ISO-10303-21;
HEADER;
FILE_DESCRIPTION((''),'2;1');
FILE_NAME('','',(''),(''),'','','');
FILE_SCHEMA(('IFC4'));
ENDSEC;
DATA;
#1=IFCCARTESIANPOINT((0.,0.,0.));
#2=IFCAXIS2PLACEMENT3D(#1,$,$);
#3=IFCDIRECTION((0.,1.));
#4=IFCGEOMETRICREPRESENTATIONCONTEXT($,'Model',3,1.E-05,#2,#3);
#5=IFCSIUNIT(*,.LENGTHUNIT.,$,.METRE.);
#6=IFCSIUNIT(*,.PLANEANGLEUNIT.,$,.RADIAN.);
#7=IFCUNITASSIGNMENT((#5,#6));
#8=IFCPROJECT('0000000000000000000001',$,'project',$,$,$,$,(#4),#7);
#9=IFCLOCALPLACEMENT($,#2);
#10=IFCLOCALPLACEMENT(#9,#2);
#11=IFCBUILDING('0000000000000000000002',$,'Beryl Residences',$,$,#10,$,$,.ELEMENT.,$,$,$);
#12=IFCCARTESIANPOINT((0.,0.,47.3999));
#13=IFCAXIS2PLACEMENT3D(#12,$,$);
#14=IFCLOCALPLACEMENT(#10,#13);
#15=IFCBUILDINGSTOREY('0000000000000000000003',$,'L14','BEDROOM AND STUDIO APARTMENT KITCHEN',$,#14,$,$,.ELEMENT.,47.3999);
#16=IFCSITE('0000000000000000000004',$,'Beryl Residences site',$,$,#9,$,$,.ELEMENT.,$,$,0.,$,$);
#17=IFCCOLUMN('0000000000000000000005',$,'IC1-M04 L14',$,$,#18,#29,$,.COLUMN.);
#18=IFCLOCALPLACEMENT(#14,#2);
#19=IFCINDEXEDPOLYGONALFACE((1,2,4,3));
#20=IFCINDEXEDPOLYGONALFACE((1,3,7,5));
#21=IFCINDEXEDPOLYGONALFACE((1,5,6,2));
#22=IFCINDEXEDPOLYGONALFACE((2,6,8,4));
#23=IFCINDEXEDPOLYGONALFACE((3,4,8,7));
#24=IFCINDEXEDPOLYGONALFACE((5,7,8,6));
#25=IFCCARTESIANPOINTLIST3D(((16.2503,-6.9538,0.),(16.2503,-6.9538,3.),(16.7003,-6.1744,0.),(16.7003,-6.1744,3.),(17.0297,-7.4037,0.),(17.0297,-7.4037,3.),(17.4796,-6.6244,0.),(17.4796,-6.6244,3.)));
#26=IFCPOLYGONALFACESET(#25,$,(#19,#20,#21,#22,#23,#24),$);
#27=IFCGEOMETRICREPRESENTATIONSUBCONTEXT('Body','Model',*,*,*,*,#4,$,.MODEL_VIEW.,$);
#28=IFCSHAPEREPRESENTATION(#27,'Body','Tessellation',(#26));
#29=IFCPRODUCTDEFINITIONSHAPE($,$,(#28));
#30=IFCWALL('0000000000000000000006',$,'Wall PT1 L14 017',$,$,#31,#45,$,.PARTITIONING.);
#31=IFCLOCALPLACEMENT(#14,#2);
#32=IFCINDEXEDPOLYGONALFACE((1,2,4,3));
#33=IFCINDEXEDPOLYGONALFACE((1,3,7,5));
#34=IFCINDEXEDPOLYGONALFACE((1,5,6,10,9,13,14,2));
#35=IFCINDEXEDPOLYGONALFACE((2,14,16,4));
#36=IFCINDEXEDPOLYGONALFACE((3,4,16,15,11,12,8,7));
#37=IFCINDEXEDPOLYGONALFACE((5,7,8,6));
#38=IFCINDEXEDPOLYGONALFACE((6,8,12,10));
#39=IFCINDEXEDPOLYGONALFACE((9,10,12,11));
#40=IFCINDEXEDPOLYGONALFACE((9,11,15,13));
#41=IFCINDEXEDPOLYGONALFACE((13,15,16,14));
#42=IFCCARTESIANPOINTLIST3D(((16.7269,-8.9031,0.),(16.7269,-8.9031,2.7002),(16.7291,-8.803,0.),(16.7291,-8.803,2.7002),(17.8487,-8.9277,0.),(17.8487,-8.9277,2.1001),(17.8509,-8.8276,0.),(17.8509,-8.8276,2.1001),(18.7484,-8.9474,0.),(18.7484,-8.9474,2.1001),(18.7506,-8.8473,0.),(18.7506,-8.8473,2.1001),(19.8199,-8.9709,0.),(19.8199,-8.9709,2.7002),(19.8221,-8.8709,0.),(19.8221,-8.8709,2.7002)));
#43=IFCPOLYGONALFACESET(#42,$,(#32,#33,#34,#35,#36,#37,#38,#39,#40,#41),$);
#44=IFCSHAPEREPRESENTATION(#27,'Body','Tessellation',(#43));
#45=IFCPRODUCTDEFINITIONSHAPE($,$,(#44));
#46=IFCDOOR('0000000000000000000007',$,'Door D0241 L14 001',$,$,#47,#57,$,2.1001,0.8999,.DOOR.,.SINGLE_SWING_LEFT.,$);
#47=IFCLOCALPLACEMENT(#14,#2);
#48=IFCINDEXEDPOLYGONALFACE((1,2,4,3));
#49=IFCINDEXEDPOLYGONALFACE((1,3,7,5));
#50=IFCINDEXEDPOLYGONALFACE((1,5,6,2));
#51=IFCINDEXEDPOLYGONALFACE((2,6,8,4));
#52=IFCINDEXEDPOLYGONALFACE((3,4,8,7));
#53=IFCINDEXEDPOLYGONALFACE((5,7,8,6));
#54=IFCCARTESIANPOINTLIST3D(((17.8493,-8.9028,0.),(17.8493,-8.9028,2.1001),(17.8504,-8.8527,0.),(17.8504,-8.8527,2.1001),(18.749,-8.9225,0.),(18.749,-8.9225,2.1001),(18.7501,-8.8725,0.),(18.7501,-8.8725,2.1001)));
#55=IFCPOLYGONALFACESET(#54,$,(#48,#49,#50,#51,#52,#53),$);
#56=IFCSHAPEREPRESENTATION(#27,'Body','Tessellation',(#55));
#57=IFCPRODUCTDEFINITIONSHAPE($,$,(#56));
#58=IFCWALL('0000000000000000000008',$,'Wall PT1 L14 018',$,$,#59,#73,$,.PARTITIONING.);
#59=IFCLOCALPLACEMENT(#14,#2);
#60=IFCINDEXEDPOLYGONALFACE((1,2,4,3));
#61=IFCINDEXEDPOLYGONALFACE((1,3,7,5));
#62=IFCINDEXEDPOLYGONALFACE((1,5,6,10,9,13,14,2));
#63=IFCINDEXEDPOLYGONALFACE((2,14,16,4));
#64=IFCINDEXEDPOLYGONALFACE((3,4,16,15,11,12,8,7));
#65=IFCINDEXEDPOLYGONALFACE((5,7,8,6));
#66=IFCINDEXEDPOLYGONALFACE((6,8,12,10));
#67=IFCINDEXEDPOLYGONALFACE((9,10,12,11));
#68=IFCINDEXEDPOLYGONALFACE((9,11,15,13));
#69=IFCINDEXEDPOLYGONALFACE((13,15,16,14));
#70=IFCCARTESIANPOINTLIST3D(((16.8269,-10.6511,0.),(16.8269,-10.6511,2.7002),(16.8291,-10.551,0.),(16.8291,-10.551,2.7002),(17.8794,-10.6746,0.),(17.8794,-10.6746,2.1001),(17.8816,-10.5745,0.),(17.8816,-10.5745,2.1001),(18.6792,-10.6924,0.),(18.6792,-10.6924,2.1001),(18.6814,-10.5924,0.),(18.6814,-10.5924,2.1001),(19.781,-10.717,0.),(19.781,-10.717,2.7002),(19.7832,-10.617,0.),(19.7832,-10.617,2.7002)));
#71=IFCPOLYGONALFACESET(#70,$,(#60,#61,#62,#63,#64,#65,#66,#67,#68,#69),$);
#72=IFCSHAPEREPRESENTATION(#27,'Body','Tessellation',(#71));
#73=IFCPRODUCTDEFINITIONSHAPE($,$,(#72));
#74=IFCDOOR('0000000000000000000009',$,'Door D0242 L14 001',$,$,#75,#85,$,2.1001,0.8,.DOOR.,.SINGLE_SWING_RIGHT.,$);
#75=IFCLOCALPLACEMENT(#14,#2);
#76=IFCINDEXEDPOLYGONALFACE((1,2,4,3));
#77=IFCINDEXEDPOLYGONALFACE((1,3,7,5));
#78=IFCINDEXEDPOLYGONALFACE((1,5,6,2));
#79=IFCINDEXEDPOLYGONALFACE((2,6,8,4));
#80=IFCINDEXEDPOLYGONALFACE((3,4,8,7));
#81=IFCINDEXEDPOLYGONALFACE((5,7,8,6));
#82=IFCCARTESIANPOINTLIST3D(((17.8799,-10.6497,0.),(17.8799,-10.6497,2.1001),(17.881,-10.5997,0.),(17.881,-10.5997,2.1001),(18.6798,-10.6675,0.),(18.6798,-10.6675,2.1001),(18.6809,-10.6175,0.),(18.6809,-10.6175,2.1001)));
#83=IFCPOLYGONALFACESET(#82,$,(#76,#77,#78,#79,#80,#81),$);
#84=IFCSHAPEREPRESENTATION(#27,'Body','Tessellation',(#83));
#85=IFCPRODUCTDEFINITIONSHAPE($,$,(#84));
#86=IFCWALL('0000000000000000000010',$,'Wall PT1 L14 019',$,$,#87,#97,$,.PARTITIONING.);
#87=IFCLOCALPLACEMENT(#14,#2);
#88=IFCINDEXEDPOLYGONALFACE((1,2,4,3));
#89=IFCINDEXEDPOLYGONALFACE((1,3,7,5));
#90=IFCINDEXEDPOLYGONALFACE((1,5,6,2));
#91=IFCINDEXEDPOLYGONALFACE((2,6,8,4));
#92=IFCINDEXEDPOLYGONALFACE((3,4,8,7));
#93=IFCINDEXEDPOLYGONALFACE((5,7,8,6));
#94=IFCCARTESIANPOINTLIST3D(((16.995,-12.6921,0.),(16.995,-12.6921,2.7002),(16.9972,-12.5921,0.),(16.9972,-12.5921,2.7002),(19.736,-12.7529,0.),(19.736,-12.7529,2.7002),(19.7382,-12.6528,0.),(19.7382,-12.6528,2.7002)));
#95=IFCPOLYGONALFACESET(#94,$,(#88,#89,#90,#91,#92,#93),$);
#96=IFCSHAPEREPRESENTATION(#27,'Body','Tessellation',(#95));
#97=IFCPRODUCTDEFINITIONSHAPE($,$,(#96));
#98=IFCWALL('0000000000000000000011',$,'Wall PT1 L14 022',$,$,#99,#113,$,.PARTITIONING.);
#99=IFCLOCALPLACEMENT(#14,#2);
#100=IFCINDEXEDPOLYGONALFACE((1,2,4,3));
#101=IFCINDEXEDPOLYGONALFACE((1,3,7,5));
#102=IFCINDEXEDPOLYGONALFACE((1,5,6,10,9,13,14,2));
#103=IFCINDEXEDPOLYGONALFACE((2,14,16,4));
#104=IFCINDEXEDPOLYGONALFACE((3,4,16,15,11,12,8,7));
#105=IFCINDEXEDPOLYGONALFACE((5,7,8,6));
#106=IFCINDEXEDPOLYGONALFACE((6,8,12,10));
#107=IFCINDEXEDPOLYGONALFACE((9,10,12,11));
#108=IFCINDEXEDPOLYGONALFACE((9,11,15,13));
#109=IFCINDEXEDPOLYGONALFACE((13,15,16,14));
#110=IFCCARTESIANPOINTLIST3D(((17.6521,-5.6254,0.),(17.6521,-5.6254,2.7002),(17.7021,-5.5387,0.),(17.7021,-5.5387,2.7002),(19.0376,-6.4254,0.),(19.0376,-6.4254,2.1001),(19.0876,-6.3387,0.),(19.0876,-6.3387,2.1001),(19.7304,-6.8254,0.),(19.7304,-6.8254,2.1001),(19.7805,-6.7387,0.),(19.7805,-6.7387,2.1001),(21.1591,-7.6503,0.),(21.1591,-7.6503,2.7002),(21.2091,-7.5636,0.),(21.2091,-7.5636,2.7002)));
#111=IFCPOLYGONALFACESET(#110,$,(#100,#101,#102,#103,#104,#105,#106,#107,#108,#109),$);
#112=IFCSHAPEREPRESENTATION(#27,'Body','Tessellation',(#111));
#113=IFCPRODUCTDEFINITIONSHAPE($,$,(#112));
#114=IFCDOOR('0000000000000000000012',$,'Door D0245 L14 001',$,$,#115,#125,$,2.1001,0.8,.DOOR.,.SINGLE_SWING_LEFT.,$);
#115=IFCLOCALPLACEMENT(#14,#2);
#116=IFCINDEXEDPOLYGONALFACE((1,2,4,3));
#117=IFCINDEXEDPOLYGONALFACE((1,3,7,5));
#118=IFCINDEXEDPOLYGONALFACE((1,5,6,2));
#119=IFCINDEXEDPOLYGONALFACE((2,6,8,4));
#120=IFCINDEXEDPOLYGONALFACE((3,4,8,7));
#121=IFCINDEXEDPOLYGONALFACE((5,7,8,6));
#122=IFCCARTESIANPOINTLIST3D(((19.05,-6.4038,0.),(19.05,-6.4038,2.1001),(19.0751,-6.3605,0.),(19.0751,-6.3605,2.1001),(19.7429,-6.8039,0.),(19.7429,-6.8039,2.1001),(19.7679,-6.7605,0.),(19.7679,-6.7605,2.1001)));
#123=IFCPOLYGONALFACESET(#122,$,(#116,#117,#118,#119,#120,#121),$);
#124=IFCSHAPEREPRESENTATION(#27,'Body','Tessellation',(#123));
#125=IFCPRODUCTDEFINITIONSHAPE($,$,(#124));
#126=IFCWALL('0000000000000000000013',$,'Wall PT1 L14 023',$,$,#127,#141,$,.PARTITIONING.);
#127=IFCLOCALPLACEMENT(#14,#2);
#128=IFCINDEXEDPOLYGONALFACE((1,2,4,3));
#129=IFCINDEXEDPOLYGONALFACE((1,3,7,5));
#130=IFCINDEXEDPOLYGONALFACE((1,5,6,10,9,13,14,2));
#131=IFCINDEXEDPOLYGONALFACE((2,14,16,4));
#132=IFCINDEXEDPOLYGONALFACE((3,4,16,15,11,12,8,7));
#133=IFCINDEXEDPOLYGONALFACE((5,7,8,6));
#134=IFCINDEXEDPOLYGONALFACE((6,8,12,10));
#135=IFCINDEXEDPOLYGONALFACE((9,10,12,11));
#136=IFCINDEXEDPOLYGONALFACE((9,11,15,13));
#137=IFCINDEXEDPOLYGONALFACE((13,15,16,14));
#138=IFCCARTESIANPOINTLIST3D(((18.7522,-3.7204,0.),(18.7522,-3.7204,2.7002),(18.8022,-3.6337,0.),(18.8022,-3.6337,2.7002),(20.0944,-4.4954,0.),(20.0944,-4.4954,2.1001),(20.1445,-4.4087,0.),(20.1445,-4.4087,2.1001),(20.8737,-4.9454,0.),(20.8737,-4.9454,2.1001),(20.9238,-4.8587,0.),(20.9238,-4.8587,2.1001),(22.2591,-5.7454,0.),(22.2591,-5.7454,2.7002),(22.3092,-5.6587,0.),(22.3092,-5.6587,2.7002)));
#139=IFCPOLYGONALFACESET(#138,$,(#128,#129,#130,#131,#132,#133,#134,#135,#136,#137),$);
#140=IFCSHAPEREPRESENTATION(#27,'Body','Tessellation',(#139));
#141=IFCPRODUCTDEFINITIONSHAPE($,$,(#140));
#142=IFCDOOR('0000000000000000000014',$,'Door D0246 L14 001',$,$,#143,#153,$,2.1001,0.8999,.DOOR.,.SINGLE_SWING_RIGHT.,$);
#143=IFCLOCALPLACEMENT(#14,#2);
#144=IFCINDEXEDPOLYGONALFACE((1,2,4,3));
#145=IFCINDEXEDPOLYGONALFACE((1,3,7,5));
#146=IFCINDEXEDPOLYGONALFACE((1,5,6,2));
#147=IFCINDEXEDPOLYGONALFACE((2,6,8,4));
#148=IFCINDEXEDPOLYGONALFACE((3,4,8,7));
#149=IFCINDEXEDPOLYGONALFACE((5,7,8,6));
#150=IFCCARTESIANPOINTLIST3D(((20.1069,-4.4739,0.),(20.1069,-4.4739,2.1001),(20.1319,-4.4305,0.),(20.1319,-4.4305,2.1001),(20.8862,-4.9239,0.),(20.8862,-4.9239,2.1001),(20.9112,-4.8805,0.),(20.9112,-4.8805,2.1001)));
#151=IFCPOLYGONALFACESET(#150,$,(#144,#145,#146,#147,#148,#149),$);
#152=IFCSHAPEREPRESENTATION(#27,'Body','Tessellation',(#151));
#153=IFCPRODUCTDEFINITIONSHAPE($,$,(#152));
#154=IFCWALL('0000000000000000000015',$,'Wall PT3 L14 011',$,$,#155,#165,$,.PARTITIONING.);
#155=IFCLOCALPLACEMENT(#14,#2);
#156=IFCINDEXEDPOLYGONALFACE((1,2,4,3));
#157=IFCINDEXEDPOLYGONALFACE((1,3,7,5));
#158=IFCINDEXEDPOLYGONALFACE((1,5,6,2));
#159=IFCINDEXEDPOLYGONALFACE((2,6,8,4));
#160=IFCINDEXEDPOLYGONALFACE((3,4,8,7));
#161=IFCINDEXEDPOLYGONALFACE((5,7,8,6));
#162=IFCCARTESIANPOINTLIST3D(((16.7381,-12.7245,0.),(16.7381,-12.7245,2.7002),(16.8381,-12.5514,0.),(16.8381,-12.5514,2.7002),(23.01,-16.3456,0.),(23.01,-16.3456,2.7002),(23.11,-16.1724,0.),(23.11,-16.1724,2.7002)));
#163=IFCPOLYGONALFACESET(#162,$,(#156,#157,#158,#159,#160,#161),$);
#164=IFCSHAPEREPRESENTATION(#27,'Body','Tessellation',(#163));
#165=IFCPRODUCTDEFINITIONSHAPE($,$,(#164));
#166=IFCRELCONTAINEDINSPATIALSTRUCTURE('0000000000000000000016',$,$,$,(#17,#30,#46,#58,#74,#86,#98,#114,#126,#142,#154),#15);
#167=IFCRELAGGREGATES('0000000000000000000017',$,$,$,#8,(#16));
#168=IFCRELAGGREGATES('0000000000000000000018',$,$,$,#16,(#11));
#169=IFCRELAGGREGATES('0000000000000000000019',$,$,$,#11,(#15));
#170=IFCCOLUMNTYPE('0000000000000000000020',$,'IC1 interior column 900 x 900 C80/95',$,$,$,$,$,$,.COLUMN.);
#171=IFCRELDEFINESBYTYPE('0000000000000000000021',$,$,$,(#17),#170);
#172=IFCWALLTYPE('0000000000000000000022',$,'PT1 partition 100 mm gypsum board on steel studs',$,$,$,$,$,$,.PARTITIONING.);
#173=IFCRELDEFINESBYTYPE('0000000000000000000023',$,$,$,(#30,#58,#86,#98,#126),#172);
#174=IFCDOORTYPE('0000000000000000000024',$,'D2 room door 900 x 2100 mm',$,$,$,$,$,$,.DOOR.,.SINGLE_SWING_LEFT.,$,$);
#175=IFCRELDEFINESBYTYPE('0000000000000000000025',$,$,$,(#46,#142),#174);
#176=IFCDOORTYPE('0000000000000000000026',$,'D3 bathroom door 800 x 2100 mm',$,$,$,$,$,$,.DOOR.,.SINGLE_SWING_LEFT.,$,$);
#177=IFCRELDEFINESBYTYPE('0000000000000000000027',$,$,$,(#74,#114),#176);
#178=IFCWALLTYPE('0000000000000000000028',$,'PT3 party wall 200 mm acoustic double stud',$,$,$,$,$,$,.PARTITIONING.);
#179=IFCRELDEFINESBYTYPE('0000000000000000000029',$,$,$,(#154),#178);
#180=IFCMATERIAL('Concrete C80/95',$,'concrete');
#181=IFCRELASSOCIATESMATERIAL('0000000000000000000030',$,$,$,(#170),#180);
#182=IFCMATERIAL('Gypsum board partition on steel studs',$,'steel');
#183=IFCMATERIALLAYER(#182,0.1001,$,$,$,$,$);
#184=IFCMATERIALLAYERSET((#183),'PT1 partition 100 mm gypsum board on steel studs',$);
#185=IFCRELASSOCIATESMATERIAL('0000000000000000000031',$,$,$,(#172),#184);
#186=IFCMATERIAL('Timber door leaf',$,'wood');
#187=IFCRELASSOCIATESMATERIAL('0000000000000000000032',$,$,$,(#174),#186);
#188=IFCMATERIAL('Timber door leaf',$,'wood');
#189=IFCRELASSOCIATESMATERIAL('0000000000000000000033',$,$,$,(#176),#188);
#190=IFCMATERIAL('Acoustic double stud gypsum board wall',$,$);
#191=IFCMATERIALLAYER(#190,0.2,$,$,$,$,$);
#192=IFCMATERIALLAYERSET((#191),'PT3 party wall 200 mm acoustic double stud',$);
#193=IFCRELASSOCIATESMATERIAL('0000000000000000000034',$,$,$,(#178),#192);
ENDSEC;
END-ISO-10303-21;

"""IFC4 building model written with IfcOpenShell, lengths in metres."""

from ifc_helpers import new_model, si_unit, direction, frame, frame_2d, origin, origin_2d, place, context, subcontext, project, spatial, rectangle, extrude, material, layer, layer_set, material_profile, profile_set, type_object, element, fill, save


model = new_model("IFC4")

# Units and contexts
model_context = context("Model", 3, precision=1e-05, world=origin(), true_north=direction((0.0, 1.0)))
body_context = subcontext(model_context, "Body", "Model", "MODEL_VIEW")
ifc_project = project(units=[si_unit("LENGTHUNIT", "METRE"), si_unit("PLANEANGLEUNIT", "RADIAN")], contexts=[model_context])

# Site, building, storey
site_placement = place(None, origin())
site = spatial("IfcSite", under=ifc_project, at=site_placement, Name="Beryl Residences site", CompositionType="ELEMENT", RefElevation=0.0)
building_placement = place(site_placement, origin())
building = spatial("IfcBuilding", under=site, at=building_placement, Name="Beryl Residences", CompositionType="ELEMENT")
storey_placement = place(building_placement, frame((0.0, 0.0, 47.3999)))
storey = spatial("IfcBuildingStorey", under=building, at=storey_placement, Name="L14", Description="BEDROOM AND STUDIO APARTMENT KITCHEN", CompositionType="ELEMENT", Elevation=47.3999)

# Column
ifc_material_1 = material(Name="Concrete C80/95", Category="concrete")
ifc_material_profile = material_profile(ifc_material_1, rectangle(XDim=0.8999, YDim=0.8999, at=origin_2d()))
ifc_profile_set = profile_set([ifc_material_profile], Name="Concrete C80/95")
column_type = type_object("IfcColumnType", Name="IC1 interior column 900 x 900 C80/95", PredefinedType="COLUMN", material=ifc_profile_set)
column_placement = place(storey_placement, frame((16.865, -6.7891, 0.0), z_axis=(0.0, 0.0, 1.0), x_axis=(0.499985, 0.866034, 0.0)))
element("IfcColumn", 1, at=column_placement, inside=storey, type_object=column_type, Name="IC1-M04 L14", PredefinedType="COLUMN", context=body_context, shape_type="SweptSolid", body=[
    extrude(rectangle(XDim=0.8999, YDim=0.8999, at=origin_2d()), origin(), (0.0, 0.0, 1.0), 3.0),
])

# Walls, openings, doors
ifc_material_2 = material(Name="Gypsum board partition on steel studs", Category="steel")
ifc_layer_1 = layer(ifc_material_2, 0.1001)
ifc_layer_set_1 = layer_set([ifc_layer_1], Name="PT1 partition 100 mm gypsum board on steel studs")
wall_type_1 = type_object("IfcWallType", Name="PT1 partition 100 mm gypsum board on steel studs", PredefinedType="PARTITIONING", material=ifc_layer_set_1)
wall_1_placement = place(storey_placement, frame((16.728, -8.853, 0.0), z_axis=(0.0, 0.0, 1.0), x_axis=(0.999759, -0.021938, 0.0)))
wall_1 = element("IfcWall", 2, at=wall_1_placement, inside=storey, type_object=wall_type_1, Name="Wall PT1 L14 017", PredefinedType="PARTITIONING", context=body_context, shape_type="SweptSolid", body=[
    extrude(rectangle(XDim=3.0938, YDim=0.1001, at=frame_2d((1.5469, 0.0))), origin(), (0.0, 0.0, 1.0), 2.7002),
])
opening_1_placement = place(wall_1_placement, frame((1.1221, 0.0, 0.0)))
opening_1 = element("IfcOpeningElement", 3, at=opening_1_placement, cuts=wall_1, PredefinedType="OPENING", context=body_context, shape_type="SweptSolid", body=[
    extrude(rectangle(XDim=0.8999, YDim=2.1001, at=frame_2d((0.45, 1.05))), frame((0.0, 0.0601, 0.0), z_axis=(0.0, -1.0, 0.0), x_axis=(1.0, 0.0, 0.0)), (0.0, 0.0, 1.0), 0.1201),
])
ifc_material_3 = material(Name="Timber door leaf", Category="wood")
door_type_1 = type_object("IfcDoorType", Name="D2 room door 900 x 2100 mm", OperationType="SINGLE_SWING_LEFT", PredefinedType="DOOR", material=ifc_material_3)
door_1_placement = place(opening_1_placement, origin())
door_1 = element("IfcDoor", 4, at=door_1_placement, inside=storey, type_object=door_type_1, Name="Door D0241 L14 001", OperationType="SINGLE_SWING_LEFT", OverallHeight=2.1001, OverallWidth=0.8999, PredefinedType="DOOR", context=body_context, shape_type="SweptSolid", body=[
    extrude(rectangle(XDim=0.8999, YDim=2.1001, at=frame_2d((0.45, 1.05))), frame((0.0, 0.0249, 0.0), z_axis=(0.0, -1.0, 0.0), x_axis=(1.0, 0.0, 0.0)), (0.0, 0.0, 1.0), 0.05),
])
fill(opening_1, door_1)
wall_2_placement = place(storey_placement, frame((16.8279, -10.6011, 0.0), z_axis=(0.0, 0.0, 1.0), x_axis=(0.999751, -0.022308, 0.0)))
wall_2 = element("IfcWall", 5, at=wall_2_placement, inside=storey, type_object=wall_type_1, Name="Wall PT1 L14 018", PredefinedType="PARTITIONING", context=body_context, shape_type="SweptSolid", body=[
    extrude(rectangle(XDim=2.9548, YDim=0.1001, at=frame_2d((1.4775, 0.0))), origin(), (0.0, 0.0, 1.0), 2.7002),
])
opening_2_placement = place(wall_2_placement, frame((1.053, 0.0, 0.0)))
opening_2 = element("IfcOpeningElement", 6, at=opening_2_placement, cuts=wall_2, PredefinedType="OPENING", context=body_context, shape_type="SweptSolid", body=[
    extrude(rectangle(XDim=0.8, YDim=2.1001, at=frame_2d((0.3999, 1.05))), frame((0.0, 0.0601, 0.0), z_axis=(0.0, -1.0, 0.0), x_axis=(1.0, 0.0, 0.0)), (0.0, 0.0, 1.0), 0.1201),
])
ifc_material_4 = material(Name="Timber door leaf", Category="wood")
door_type_2 = type_object("IfcDoorType", Name="D3 bathroom door 800 x 2100 mm", OperationType="SINGLE_SWING_LEFT", PredefinedType="DOOR", material=ifc_material_4)
door_2_placement = place(opening_2_placement, origin())
door_2 = element("IfcDoor", 7, at=door_2_placement, inside=storey, type_object=door_type_2, Name="Door D0242 L14 001", OperationType="SINGLE_SWING_RIGHT", OverallHeight=2.1001, OverallWidth=0.8, PredefinedType="DOOR", context=body_context, shape_type="SweptSolid", body=[
    extrude(rectangle(XDim=0.8, YDim=2.1001, at=frame_2d((0.3999, 1.05))), frame((0.0, 0.0249, 0.0), z_axis=(0.0, -1.0, 0.0), x_axis=(1.0, 0.0, 0.0)), (0.0, 0.0, 1.0), 0.05),
])
fill(opening_2, door_2)

# Wall
wall_3_placement = place(storey_placement, frame((16.9961, -12.6421, 0.0), z_axis=(0.0, 0.0, 1.0), x_axis=(0.999754, -0.022173, 0.0)))
element("IfcWall", 8, at=wall_3_placement, inside=storey, type_object=wall_type_1, Name="Wall PT1 L14 019", PredefinedType="PARTITIONING", context=body_context, shape_type="SweptSolid", body=[
    extrude(rectangle(XDim=2.7417, YDim=0.1001, at=frame_2d((1.3708, 0.0))), origin(), (0.0, 0.0, 1.0), 2.7002),
])

# Walls, openings, doors
wall_4_placement = place(storey_placement, frame((17.677, -5.582, 0.0), z_axis=(0.0, 0.0, 1.0), x_axis=(0.866016, -0.500016, 0.0)))
wall_4 = element("IfcWall", 9, at=wall_4_placement, inside=storey, type_object=wall_type_1, Name="Wall PT1 L14 022", PredefinedType="PARTITIONING", context=body_context, shape_type="SweptSolid", body=[
    extrude(rectangle(XDim=4.0496, YDim=0.1001, at=frame_2d((2.0249, 0.0))), origin(), (0.0, 0.0, 1.0), 2.7002),
])
opening_3_placement = place(wall_4_placement, frame((1.6001, 0.0, 0.0)))
opening_3 = element("IfcOpeningElement", 10, at=opening_3_placement, cuts=wall_4, PredefinedType="OPENING", context=body_context, shape_type="SweptSolid", body=[
    extrude(rectangle(XDim=0.8, YDim=2.1001, at=frame_2d((0.3999, 1.05))), frame((0.0, 0.0601, 0.0), z_axis=(0.0, -1.0, 0.0), x_axis=(1.0, 0.0, 0.0)), (0.0, 0.0, 1.0), 0.1201),
])
door_3_placement = place(opening_3_placement, origin())
door_3 = element("IfcDoor", 11, at=door_3_placement, inside=storey, type_object=door_type_2, Name="Door D0245 L14 001", OperationType="SINGLE_SWING_LEFT", OverallHeight=2.1001, OverallWidth=0.8, PredefinedType="DOOR", context=body_context, shape_type="SweptSolid", body=[
    extrude(rectangle(XDim=0.8, YDim=2.1001, at=frame_2d((0.3999, 1.05))), frame((0.0, 0.0249, 0.0), z_axis=(0.0, -1.0, 0.0), x_axis=(1.0, 0.0, 0.0)), (0.0, 0.0, 1.0), 0.05),
])
fill(opening_3, door_3)
wall_5_placement = place(storey_placement, frame((18.7771, -3.677, 0.0), z_axis=(0.0, 0.0, 1.0), x_axis=(0.866001, -0.500043, 0.0)))
wall_5 = element("IfcWall", 12, at=wall_5_placement, inside=storey, type_object=wall_type_1, Name="Wall PT1 L14 023", PredefinedType="PARTITIONING", context=body_context, shape_type="SweptSolid", body=[
    extrude(rectangle(XDim=4.0496, YDim=0.1001, at=frame_2d((2.0249, 0.0))), origin(), (0.0, 0.0, 1.0), 2.7002),
])
opening_4_placement = place(wall_5_placement, frame((1.55, 0.0, 0.0)))
opening_4 = element("IfcOpeningElement", 13, at=opening_4_placement, cuts=wall_5, PredefinedType="OPENING", context=body_context, shape_type="SweptSolid", body=[
    extrude(rectangle(XDim=0.8999, YDim=2.1001, at=frame_2d((0.45, 1.05))), frame((0.0, 0.0601, 0.0), z_axis=(0.0, -1.0, 0.0), x_axis=(1.0, 0.0, 0.0)), (0.0, 0.0, 1.0), 0.1201),
])
door_4_placement = place(opening_4_placement, origin())
door_4 = element("IfcDoor", 14, at=door_4_placement, inside=storey, type_object=door_type_1, Name="Door D0246 L14 001", OperationType="SINGLE_SWING_RIGHT", OverallHeight=2.1001, OverallWidth=0.8999, PredefinedType="DOOR", context=body_context, shape_type="SweptSolid", body=[
    extrude(rectangle(XDim=0.8999, YDim=2.1001, at=frame_2d((0.45, 1.05))), frame((0.0, 0.0249, 0.0), z_axis=(0.0, -1.0, 0.0), x_axis=(1.0, 0.0, 0.0)), (0.0, 0.0, 1.0), 0.05),
])
fill(opening_4, door_4)

# Wall
ifc_material_5 = material(Name="Acoustic double stud gypsum board wall")
ifc_layer_2 = layer(ifc_material_5, 0.2)
ifc_layer_set_2 = layer_set([ifc_layer_2], Name="PT3 party wall 200 mm acoustic double stud")
wall_type_2 = type_object("IfcWallType", Name="PT3 party wall 200 mm acoustic double stud", PredefinedType="PARTITIONING", material=ifc_layer_set_2)
wall_6_placement = place(storey_placement, frame((16.7881, -12.6379, 0.0), z_axis=(0.0, 0.0, 1.0), x_axis=(0.866027, -0.499997, 0.0)))
element("IfcWall", 15, at=wall_6_placement, inside=storey, type_object=wall_type_2, Name="Wall PT3 L14 011", PredefinedType="PARTITIONING", context=body_context, shape_type="SweptSolid", body=[
    extrude(rectangle(XDim=7.2422, YDim=0.2, at=frame_2d((3.6211, 0.0))), origin(), (0.0, 0.0, 1.0), 2.7002),
])

save(model, "model.ifc")
